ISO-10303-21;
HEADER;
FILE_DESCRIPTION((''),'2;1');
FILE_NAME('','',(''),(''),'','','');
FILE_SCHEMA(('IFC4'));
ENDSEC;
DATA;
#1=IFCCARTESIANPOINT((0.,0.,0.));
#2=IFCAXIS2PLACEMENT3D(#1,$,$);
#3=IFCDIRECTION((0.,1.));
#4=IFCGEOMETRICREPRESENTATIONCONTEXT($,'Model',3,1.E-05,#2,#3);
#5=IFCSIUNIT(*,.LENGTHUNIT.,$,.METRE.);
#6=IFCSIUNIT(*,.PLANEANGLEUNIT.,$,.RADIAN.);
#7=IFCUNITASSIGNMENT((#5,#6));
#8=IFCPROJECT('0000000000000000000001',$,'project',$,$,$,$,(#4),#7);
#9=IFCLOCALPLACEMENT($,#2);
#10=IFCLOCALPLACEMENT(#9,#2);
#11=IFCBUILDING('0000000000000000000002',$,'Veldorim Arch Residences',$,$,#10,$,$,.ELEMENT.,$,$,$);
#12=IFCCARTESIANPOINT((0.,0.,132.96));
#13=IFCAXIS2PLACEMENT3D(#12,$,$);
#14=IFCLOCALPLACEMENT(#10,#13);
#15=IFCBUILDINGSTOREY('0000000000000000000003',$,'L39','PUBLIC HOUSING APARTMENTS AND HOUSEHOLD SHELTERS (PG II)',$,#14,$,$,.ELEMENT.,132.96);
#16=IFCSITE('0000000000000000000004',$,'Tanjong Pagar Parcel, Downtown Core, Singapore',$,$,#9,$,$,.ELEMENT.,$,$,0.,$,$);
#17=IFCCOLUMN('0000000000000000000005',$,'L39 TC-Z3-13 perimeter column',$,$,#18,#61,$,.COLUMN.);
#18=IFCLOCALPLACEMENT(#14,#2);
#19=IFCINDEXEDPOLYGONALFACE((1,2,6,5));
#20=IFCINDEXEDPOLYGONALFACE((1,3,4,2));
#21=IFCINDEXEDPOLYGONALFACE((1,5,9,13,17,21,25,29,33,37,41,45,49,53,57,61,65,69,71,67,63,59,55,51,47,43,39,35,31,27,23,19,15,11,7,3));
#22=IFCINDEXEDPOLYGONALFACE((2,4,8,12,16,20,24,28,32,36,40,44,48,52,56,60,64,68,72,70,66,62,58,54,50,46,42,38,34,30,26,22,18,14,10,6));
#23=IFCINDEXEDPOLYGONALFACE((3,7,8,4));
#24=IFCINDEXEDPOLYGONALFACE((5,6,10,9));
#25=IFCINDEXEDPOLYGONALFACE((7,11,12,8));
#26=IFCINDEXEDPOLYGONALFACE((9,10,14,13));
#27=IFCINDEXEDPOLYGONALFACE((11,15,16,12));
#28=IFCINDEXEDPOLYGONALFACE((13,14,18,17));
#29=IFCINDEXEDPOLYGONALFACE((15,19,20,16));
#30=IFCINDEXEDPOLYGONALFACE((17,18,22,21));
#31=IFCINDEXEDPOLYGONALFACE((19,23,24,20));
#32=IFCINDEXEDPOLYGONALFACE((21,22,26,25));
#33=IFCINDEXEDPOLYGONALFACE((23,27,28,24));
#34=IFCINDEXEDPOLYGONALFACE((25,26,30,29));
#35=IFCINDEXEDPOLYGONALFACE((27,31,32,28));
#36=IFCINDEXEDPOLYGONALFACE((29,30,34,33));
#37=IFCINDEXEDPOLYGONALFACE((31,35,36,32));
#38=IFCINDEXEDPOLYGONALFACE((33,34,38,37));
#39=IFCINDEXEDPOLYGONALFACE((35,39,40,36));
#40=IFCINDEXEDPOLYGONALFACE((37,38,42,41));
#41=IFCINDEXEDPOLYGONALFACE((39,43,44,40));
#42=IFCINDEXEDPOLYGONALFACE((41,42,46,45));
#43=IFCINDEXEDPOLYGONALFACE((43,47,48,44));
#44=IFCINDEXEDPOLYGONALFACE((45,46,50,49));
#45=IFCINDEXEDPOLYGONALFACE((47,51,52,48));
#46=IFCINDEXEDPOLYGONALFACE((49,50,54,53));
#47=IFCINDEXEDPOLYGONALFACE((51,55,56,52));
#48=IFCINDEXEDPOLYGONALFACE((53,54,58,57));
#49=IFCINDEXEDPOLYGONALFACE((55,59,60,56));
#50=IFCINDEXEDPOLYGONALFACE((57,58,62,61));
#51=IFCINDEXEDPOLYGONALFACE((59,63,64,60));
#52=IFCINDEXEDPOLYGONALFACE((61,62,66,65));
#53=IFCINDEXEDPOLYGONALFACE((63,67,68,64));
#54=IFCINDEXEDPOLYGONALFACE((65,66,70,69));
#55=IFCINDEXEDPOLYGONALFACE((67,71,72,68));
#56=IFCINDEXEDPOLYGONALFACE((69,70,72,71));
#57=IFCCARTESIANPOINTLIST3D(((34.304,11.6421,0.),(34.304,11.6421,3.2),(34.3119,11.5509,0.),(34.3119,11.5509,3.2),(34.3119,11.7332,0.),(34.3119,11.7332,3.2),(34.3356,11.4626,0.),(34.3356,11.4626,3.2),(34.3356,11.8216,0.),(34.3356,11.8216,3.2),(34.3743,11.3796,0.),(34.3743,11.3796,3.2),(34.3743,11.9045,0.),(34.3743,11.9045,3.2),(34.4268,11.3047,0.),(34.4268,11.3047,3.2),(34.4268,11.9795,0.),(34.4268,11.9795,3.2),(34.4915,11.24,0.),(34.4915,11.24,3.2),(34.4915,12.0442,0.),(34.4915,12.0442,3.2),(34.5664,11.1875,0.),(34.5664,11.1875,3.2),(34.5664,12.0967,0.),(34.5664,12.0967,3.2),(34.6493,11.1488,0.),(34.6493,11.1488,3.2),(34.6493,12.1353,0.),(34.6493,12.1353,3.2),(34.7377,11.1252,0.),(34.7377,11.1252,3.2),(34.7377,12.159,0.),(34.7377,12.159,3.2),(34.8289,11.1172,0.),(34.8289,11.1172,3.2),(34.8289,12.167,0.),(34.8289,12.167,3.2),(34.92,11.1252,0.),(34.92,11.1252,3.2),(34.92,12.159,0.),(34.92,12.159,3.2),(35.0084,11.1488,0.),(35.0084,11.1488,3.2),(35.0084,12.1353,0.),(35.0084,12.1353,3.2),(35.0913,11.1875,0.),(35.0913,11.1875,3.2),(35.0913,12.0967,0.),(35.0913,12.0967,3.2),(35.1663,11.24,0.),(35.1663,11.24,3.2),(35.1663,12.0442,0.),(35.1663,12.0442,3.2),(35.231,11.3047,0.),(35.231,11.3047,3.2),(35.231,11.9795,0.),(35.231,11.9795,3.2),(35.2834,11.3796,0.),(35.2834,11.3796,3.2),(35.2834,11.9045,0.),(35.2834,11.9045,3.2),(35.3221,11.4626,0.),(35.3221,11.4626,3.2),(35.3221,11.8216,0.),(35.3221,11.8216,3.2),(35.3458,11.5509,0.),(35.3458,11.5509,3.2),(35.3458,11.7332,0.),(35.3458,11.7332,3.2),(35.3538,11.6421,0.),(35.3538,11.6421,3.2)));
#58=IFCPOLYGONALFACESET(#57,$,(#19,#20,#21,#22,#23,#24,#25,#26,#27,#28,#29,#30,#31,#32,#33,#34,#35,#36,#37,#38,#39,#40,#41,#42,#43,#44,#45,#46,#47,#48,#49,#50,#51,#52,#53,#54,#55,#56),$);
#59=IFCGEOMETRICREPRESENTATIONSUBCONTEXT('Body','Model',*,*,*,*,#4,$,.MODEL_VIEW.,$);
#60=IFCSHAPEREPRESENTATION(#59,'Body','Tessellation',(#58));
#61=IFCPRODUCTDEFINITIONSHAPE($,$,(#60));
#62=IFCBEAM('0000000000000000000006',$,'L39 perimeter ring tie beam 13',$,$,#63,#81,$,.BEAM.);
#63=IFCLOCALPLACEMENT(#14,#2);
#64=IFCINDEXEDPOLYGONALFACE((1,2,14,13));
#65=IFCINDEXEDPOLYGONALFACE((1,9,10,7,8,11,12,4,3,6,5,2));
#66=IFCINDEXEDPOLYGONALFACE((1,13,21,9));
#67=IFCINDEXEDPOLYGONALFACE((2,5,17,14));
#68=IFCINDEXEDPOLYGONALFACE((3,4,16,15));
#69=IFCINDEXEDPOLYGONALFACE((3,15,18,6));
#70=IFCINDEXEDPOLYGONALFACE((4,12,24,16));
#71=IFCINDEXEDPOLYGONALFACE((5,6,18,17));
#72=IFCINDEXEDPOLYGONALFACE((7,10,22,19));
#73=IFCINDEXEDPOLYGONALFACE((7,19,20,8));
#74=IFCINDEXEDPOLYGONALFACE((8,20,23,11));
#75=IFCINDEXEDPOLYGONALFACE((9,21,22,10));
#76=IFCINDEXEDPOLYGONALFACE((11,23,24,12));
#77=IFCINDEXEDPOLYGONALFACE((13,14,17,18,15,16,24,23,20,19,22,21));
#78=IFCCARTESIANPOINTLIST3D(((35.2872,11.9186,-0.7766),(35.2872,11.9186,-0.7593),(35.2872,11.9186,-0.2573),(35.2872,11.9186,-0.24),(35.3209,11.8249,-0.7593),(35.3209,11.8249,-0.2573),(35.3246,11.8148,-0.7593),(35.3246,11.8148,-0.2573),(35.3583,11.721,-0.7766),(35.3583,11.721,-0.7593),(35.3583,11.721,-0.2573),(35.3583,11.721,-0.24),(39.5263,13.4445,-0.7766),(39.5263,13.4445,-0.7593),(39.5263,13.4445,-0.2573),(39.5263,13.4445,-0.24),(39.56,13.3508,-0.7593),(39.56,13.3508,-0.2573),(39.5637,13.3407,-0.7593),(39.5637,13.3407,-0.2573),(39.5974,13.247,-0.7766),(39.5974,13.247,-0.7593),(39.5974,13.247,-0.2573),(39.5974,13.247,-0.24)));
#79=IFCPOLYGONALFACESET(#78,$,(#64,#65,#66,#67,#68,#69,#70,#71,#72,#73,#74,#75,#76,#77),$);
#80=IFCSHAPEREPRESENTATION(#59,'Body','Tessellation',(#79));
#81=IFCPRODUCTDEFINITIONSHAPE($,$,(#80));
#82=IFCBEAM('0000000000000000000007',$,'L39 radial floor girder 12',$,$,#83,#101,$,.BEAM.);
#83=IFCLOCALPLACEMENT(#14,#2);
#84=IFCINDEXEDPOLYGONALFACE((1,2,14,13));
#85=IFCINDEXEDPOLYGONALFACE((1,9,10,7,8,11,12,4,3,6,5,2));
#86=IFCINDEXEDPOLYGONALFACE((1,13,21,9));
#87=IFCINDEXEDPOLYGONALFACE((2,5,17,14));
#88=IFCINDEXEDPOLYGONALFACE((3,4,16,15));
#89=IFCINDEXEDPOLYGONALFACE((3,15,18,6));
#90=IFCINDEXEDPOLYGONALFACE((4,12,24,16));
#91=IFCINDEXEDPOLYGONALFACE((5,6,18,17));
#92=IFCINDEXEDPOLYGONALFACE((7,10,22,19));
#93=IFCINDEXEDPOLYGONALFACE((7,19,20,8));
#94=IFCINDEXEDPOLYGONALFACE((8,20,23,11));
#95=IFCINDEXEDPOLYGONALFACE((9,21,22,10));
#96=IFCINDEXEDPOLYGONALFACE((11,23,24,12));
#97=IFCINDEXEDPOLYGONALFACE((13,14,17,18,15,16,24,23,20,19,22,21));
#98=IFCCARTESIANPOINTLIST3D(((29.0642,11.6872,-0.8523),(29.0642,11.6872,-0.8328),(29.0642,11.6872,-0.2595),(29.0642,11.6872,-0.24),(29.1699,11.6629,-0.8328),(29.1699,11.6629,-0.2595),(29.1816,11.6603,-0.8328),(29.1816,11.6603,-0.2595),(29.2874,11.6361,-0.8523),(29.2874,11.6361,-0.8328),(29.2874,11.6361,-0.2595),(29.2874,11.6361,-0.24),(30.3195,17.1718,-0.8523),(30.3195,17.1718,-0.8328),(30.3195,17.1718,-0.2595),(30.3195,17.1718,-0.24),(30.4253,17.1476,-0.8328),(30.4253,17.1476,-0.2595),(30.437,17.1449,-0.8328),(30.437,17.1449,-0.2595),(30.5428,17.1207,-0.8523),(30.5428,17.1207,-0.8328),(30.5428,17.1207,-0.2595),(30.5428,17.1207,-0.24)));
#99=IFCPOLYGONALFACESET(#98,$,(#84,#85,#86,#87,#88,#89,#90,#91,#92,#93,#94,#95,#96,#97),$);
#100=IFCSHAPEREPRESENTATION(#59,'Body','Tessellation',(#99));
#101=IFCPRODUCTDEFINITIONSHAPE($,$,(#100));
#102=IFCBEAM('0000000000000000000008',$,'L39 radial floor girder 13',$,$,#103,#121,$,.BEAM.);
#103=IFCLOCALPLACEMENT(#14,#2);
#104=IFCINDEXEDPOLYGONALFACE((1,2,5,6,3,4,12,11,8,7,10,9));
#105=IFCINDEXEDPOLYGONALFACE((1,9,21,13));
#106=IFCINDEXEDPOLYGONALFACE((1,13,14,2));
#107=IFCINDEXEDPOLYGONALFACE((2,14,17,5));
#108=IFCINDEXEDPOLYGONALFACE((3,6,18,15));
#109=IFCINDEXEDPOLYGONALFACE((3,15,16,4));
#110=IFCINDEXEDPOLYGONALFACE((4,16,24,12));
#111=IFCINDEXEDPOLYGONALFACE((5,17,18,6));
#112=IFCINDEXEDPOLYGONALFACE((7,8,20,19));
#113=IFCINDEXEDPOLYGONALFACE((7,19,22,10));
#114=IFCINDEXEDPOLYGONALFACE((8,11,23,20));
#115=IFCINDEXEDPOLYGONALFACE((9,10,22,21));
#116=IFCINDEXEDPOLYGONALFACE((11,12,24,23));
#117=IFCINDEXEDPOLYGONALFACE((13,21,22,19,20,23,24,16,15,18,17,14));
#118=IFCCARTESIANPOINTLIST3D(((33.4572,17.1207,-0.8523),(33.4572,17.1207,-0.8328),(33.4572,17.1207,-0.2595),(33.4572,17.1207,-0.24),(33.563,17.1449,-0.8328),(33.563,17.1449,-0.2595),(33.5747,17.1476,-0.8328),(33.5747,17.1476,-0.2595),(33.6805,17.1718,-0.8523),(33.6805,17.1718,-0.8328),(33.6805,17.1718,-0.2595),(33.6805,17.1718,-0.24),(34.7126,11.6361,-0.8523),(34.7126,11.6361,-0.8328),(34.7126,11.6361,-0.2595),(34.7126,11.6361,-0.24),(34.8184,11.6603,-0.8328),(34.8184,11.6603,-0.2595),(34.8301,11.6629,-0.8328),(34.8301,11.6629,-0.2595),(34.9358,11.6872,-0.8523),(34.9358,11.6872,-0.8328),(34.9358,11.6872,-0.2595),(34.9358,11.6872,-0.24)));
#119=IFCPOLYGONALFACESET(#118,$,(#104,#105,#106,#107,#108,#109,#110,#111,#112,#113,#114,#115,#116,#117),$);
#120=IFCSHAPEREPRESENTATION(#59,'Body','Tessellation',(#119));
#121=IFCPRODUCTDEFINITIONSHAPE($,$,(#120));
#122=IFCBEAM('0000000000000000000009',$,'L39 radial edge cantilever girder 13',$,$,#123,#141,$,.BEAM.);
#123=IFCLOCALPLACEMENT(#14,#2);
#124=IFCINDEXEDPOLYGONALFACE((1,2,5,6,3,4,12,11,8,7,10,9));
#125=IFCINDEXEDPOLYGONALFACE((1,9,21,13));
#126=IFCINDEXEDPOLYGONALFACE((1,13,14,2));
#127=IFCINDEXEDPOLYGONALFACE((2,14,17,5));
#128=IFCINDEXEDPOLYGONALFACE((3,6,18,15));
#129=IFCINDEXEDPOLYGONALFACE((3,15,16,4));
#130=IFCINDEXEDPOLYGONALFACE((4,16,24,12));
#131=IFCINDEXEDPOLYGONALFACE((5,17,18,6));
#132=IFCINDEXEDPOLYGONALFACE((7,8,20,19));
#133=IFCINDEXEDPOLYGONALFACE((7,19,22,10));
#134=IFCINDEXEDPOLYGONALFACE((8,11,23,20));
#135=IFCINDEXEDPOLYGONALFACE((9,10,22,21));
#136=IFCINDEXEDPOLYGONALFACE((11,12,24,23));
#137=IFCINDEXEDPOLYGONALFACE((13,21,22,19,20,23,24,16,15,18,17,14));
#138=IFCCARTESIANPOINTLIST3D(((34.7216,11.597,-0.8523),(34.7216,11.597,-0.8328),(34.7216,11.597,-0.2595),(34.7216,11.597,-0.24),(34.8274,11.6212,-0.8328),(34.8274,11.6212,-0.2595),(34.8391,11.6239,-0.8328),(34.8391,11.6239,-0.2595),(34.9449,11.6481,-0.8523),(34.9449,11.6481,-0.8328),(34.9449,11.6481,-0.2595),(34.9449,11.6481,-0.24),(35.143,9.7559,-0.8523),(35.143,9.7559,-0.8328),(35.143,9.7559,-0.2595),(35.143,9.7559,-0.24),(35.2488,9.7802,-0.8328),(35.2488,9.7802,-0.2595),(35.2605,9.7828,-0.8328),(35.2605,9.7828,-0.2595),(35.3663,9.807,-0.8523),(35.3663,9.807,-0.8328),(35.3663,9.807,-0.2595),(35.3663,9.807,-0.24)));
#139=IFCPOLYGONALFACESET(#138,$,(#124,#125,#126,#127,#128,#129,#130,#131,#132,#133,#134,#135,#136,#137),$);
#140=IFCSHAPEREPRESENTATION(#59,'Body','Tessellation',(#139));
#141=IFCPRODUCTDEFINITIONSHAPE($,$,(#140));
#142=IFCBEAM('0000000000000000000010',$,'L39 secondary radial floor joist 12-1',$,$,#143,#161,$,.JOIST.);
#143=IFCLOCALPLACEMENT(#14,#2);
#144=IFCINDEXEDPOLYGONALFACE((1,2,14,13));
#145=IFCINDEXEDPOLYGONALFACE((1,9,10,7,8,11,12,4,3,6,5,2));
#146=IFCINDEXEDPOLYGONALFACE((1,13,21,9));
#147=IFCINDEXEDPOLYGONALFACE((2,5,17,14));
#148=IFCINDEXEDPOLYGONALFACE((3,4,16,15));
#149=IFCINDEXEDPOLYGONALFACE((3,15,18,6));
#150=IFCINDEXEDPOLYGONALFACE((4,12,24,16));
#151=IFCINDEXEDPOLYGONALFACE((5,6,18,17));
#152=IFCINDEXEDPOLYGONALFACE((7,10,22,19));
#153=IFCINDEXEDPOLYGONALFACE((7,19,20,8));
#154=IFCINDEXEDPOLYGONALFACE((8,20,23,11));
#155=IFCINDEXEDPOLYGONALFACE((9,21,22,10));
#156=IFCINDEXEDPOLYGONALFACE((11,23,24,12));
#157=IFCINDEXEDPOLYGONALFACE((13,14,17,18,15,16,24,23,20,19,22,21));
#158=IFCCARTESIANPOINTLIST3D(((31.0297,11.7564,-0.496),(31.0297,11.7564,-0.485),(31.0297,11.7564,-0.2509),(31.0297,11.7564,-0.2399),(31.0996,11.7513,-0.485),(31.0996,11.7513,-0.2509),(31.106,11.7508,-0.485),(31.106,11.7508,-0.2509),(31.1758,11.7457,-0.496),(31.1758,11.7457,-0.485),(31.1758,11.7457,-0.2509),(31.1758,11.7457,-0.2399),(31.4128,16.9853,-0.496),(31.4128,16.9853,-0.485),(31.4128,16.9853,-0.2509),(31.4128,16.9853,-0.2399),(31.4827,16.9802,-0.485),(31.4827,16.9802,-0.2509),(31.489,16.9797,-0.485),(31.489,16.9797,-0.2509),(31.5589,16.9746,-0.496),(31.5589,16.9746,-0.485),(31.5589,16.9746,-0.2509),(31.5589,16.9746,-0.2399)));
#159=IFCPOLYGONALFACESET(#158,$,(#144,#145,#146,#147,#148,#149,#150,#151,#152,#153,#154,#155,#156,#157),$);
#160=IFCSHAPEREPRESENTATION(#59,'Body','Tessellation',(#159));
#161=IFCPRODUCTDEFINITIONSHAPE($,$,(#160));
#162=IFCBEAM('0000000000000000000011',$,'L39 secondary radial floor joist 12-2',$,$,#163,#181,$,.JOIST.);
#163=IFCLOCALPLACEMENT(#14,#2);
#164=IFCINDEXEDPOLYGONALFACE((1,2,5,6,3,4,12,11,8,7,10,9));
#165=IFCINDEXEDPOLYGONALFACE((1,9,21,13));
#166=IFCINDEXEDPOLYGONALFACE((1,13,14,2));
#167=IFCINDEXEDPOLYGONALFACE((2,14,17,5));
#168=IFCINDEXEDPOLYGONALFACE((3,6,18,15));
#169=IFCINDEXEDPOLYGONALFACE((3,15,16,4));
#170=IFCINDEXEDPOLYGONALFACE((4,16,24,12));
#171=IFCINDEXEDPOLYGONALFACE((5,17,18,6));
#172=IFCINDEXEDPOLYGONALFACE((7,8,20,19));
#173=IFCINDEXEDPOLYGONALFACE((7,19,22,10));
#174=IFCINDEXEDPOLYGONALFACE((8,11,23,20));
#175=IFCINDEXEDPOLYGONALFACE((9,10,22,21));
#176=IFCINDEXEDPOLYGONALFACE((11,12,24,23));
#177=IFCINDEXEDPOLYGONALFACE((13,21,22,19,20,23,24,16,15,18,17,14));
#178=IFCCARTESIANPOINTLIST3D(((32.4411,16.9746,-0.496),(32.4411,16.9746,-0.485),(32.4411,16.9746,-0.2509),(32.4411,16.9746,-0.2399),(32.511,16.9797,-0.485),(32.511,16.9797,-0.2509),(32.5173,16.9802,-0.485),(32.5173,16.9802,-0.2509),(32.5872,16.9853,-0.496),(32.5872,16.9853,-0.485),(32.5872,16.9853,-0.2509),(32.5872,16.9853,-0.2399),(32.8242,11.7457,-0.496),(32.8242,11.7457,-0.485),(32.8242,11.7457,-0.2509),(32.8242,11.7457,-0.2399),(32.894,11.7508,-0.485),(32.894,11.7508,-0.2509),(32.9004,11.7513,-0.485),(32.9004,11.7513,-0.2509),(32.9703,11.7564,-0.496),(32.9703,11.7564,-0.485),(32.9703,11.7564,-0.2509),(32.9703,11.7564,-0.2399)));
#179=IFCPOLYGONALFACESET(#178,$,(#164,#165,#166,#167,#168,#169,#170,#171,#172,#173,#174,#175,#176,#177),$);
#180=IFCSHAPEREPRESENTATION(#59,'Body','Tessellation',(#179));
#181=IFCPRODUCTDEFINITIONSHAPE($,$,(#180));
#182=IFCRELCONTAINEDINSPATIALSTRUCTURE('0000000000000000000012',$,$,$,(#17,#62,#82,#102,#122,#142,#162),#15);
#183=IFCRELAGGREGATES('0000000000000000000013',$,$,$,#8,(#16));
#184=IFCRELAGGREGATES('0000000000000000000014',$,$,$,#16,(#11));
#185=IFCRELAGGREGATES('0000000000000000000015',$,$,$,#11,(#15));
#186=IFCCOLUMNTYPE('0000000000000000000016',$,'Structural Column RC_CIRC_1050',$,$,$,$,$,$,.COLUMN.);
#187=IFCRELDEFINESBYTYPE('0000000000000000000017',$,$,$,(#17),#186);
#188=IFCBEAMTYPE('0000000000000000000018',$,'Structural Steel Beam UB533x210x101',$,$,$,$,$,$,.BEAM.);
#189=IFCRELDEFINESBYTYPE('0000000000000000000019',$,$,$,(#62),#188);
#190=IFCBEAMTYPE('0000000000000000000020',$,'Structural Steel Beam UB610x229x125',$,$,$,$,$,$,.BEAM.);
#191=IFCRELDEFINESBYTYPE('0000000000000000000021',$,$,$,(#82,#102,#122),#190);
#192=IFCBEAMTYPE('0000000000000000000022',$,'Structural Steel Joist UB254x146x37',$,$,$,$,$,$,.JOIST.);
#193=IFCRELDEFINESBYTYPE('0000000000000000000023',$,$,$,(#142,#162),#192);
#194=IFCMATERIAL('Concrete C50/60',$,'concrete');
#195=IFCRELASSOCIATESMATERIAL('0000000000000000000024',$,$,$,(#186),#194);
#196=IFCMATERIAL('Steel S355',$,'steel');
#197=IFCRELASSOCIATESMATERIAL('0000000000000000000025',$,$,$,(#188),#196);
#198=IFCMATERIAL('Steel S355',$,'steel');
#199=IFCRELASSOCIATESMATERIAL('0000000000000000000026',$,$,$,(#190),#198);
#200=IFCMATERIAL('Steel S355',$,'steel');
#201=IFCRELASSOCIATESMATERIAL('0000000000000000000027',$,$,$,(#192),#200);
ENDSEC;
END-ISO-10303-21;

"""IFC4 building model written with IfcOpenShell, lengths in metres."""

from ifc_helpers import new_model, si_unit, direction, frame, origin, origin_2d, place, context, subcontext, project, spatial, circle, i_section, extrude, material, material_profile, profile_set, type_object, element, save


model = new_model("IFC4")

# Units and contexts
model_context = context("Model", 3, precision=1e-05, world=origin(), true_north=direction((0.0, 1.0)))
body_context = subcontext(model_context, "Body", "Model", "MODEL_VIEW")
ifc_project = project(units=[si_unit("LENGTHUNIT", "METRE"), si_unit("PLANEANGLEUNIT", "RADIAN")], contexts=[model_context])

# Site, building, storey
site_placement = place(None, origin())
site = spatial("IfcSite", under=ifc_project, at=site_placement, Name="Tanjong Pagar Parcel, Downtown Core, Singapore", CompositionType="ELEMENT", RefElevation=0.0)
building_placement = place(site_placement, origin())
building = spatial("IfcBuilding", under=site, at=building_placement, Name="Veldorim Arch Residences", CompositionType="ELEMENT")
storey_placement = place(building_placement, frame((0.0, 0.0, 132.96)))
storey = spatial("IfcBuildingStorey", under=building, at=storey_placement, Name="L39", Description="PUBLIC HOUSING APARTMENTS AND HOUSEHOLD SHELTERS (PG II)", CompositionType="ELEMENT", Elevation=132.96)

# Column
ifc_material_1 = material(Name="Concrete C50/60", Category="concrete")
ifc_material_profile_1 = material_profile(ifc_material_1, circle(Radius=0.5249, at=origin_2d()), Name="RC_CIRC_1050")
ifc_profile_set_1 = profile_set([ifc_material_profile_1], Name="Concrete C50/60")
column_type = type_object("IfcColumnType", Name="Structural Column RC_CIRC_1050", PredefinedType="COLUMN", material=ifc_profile_set_1)
column_placement = place(storey_placement, frame((34.8289, 11.6421, 0.0), z_axis=(0.0, 0.0, 1.0), x_axis=(1.0, 0.0, 0.0)))
element("IfcColumn", 1, at=column_placement, inside=storey, type_object=column_type, Name="L39 TC-Z3-13 perimeter column", PredefinedType="COLUMN", context=body_context, shape_type="SweptSolid", body=[
    extrude(circle(Radius=0.5249, at=origin_2d()), origin(), (0.0, 0.0, 1.0), 3.2),
])

# Beams
ifc_material_2 = material(Name="Steel S355", Category="steel")
ifc_material_profile_2 = material_profile(ifc_material_2, i_section(OverallWidth=0.21, OverallDepth=0.5366, WebThickness=0.0107, FlangeThickness=0.0173, at=origin_2d()), Name="UB533x210x101")
ifc_profile_set_2 = profile_set([ifc_material_profile_2], Name="Steel S355")
beam_type_1 = type_object("IfcBeamType", Name="Structural Steel Beam UB533x210x101", PredefinedType="BEAM", material=ifc_profile_set_2)
beam_1_placement = place(storey_placement, frame((35.3228, 11.8198, -0.5083), z_axis=(0.940899, 0.338687, 0.0), x_axis=(-0.338687, 0.940899, 0.0)))
element("IfcBeam", 2, at=beam_1_placement, inside=storey, type_object=beam_type_1, Name="L39 perimeter ring tie beam 13", PredefinedType="BEAM", context=body_context, shape_type="SweptSolid", body=[
    extrude(i_section(OverallWidth=0.21, OverallDepth=0.5366, WebThickness=0.0107, FlangeThickness=0.0173, at=origin_2d()), origin(), (0.0, 0.0, 1.0), 4.5054),
])
ifc_material_3 = material(Name="Steel S355", Category="steel")
ifc_material_profile_3 = material_profile(ifc_material_3, i_section(OverallWidth=0.229, OverallDepth=0.6123, WebThickness=0.012, FlangeThickness=0.0195, at=origin_2d()), Name="UB610x229x125")
ifc_profile_set_3 = profile_set([ifc_material_profile_3], Name="Steel S355")
beam_type_2 = type_object("IfcBeamType", Name="Structural Steel Beam UB610x229x125", PredefinedType="BEAM", material=ifc_profile_set_3)
for number, where, z_axis, x_axis, name in (
    (3, (30.4312, 17.1462, -0.5461), (-0.223119, -0.974791, 0.0), (0.974791, -0.223119, 0.0), "L39 radial floor girder 12"),
    (4, (33.5688, 17.1462, -0.5461), (0.223119, -0.974791, 0.0), (0.974791, 0.223119, 0.0), "L39 radial floor girder 13"),
):
    element("IfcBeam", number, at=place(storey_placement, frame(where, z_axis=z_axis, x_axis=x_axis)), inside=storey, type_object=beam_type_2, Name=name, PredefinedType="BEAM", context=body_context, shape_type="SweptSolid", body=[
        extrude(i_section(OverallWidth=0.229, OverallDepth=0.6123, WebThickness=0.012, FlangeThickness=0.0195, at=origin_2d()), origin(), (0.0, 0.0, 1.0), 5.6265),
    ])
beam_2_placement = place(storey_placement, frame((34.8333, 11.6226, -0.5461), z_axis=(0.223113, -0.974793, 0.0), x_axis=(0.974793, 0.223113, 0.0)))
element("IfcBeam", 5, at=beam_2_placement, inside=storey, type_object=beam_type_2, Name="L39 radial edge cantilever girder 13", PredefinedType="BEAM", context=body_context, shape_type="SweptSolid", body=[
    extrude(i_section(OverallWidth=0.229, OverallDepth=0.6123, WebThickness=0.012, FlangeThickness=0.0195, at=origin_2d()), origin(), (0.0, 0.0, 1.0), 1.8887),
])
ifc_material_4 = material(Name="Steel S355", Category="steel")
ifc_material_profile_4 = material_profile(ifc_material_4, i_section(OverallWidth=0.1465, OverallDepth=0.2561, WebThickness=0.0063, FlangeThickness=0.011, at=origin_2d()), Name="UB254x146x37")
ifc_profile_set_4 = profile_set([ifc_material_profile_4], Name="Steel S355")
beam_type_3 = type_object("IfcBeamType", Name="Structural Steel Joist UB254x146x37", PredefinedType="JOIST", material=ifc_profile_set_4)
for number, where, z_axis, x_axis, name in (
    (6, (31.4858, 16.98, -0.3679), (-0.07306, -0.997328, 0.0), (0.997328, -0.07306, 0.0), "L39 secondary radial floor joist 12-1"),
    (7, (32.5142, 16.98, -0.3679), (0.07306, -0.997328, 0.0), (0.997328, 0.07306, 0.0), "L39 secondary radial floor joist 12-2"),
):
    element("IfcBeam", number, at=place(storey_placement, frame(where, z_axis=z_axis, x_axis=x_axis)), inside=storey, type_object=beam_type_3, Name=name, PredefinedType="JOIST", context=body_context, shape_type="SweptSolid", body=[
        extrude(i_section(OverallWidth=0.1465, OverallDepth=0.2561, WebThickness=0.0063, FlangeThickness=0.011, at=origin_2d()), origin(), (0.0, 0.0, 1.0), 5.2429),
    ])

save(model, "model.ifc")
